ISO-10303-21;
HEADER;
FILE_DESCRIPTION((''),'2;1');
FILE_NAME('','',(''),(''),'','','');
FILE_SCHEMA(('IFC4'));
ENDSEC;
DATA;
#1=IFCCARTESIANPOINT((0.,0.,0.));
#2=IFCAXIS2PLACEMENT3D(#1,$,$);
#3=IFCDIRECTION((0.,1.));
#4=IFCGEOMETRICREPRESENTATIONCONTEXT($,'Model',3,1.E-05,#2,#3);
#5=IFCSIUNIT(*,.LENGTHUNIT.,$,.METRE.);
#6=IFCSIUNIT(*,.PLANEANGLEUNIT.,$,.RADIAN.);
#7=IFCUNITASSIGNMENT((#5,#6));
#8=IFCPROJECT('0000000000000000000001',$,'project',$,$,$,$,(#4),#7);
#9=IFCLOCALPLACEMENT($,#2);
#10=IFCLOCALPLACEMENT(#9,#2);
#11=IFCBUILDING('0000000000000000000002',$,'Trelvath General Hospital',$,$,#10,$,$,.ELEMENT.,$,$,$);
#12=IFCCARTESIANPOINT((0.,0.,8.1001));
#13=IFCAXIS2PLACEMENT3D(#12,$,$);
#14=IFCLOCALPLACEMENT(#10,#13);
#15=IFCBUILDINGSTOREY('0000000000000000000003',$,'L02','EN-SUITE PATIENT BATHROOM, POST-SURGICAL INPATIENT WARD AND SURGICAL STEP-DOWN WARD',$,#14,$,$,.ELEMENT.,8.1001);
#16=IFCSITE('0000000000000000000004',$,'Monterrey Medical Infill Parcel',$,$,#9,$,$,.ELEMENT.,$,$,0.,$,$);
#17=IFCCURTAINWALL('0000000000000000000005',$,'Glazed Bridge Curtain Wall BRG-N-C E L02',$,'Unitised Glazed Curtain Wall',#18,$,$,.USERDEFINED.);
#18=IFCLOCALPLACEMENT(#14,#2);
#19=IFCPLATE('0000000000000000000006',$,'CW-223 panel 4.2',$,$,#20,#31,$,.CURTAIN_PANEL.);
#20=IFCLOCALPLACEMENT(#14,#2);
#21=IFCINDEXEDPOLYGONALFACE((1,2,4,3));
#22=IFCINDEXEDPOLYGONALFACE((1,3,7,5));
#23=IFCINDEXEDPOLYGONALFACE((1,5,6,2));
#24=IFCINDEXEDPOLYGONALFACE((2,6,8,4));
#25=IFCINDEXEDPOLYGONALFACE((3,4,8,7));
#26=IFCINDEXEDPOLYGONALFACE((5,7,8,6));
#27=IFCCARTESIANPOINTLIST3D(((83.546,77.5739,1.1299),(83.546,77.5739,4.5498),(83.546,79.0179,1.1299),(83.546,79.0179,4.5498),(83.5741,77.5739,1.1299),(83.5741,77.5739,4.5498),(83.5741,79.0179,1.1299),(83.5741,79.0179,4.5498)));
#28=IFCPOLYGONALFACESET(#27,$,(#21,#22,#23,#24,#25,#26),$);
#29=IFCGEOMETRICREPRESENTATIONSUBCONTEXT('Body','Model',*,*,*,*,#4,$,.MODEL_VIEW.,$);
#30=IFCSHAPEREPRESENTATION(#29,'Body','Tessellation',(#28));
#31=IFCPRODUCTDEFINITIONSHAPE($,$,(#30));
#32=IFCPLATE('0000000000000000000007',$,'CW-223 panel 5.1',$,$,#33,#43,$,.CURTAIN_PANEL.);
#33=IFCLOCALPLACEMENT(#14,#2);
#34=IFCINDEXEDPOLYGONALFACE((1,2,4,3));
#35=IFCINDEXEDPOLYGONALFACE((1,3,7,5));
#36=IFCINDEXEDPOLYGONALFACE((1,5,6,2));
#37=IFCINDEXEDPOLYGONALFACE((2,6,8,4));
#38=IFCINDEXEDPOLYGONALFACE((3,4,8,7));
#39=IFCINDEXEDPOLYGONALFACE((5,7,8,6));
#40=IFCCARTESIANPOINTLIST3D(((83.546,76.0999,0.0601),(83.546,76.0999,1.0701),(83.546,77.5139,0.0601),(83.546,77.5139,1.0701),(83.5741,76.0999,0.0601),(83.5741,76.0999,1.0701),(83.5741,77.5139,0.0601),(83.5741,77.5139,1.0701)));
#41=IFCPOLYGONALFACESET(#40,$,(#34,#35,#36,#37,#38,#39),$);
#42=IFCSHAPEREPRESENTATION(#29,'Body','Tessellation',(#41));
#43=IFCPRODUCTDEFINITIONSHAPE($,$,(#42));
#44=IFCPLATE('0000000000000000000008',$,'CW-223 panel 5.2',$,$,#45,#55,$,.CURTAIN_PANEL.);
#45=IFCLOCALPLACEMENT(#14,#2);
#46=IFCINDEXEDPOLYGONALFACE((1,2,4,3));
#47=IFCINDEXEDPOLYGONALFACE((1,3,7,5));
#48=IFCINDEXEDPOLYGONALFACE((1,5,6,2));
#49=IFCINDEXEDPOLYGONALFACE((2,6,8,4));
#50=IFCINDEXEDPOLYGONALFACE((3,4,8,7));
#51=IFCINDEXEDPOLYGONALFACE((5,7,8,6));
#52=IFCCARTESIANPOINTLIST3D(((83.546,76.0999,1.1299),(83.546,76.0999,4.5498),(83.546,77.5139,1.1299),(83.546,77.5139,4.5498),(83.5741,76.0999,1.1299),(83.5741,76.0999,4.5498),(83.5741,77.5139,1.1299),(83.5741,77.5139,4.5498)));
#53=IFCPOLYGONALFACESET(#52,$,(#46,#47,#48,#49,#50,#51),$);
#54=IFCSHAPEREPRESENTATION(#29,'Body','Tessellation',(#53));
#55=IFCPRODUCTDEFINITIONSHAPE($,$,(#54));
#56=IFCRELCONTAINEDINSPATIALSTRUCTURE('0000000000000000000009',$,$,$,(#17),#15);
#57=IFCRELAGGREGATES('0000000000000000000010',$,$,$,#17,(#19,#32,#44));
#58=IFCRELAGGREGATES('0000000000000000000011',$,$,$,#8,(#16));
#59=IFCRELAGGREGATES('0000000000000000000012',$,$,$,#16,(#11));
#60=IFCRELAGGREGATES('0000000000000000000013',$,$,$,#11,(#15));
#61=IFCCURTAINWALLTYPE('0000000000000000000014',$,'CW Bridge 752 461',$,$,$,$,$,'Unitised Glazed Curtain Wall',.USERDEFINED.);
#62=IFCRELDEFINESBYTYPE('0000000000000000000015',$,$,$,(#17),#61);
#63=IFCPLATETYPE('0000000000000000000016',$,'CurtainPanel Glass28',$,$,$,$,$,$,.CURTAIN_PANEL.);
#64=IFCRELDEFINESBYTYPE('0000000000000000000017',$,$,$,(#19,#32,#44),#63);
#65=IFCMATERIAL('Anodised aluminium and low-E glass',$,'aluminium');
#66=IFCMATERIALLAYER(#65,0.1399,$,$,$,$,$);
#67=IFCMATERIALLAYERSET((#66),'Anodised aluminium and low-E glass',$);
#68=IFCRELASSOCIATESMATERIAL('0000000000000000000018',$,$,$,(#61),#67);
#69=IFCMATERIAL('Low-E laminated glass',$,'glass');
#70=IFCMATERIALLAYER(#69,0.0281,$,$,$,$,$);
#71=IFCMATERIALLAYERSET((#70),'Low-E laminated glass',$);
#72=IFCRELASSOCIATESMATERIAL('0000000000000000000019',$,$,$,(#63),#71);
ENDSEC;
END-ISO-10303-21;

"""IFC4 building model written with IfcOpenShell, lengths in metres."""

from ifc_helpers import new_model, si_unit, direction, frame, origin, origin_2d, place, context, subcontext, project, spatial, rectangle, extrude, material, layer, layer_set, type_object, element, aggregate, save


model = new_model("IFC4")

# Units and contexts
model_context = context("Model", 3, precision=1e-05, world=origin(), true_north=direction((0.0, 1.0)))
body_context = subcontext(model_context, "Body", "Model", "MODEL_VIEW")
ifc_project = project(units=[si_unit("LENGTHUNIT", "METRE"), si_unit("PLANEANGLEUNIT", "RADIAN")], contexts=[model_context])

# Site, building, storey
site_placement = place(None, origin())
site = spatial("IfcSite", under=ifc_project, at=site_placement, Name="Monterrey Medical Infill Parcel", CompositionType="ELEMENT", RefElevation=0.0)
building_placement = place(site_placement, origin())
building = spatial("IfcBuilding", under=site, at=building_placement, Name="Trelvath General Hospital", CompositionType="ELEMENT")
storey_placement = place(building_placement, frame((0.0, 0.0, 8.1001)))
storey = spatial("IfcBuildingStorey", under=building, at=storey_placement, Name="L02", Description="EN-SUITE PATIENT BATHROOM, POST-SURGICAL INPATIENT WARD AND SURGICAL STEP-DOWN WARD", CompositionType="ELEMENT", Elevation=8.1001)

# Curtain wall
ifc_material_1 = material(Name="Anodised aluminium and low-E glass", Category="aluminium")
ifc_layer_1 = layer(ifc_material_1, 0.1399)
ifc_layer_set_1 = layer_set([ifc_layer_1], Name="Anodised aluminium and low-E glass")
curtain_wall_type = type_object("IfcCurtainWallType", Name="CW Bridge 752 461", ElementType="Unitised Glazed Curtain Wall", PredefinedType="USERDEFINED", material=ifc_layer_set_1)
curtain_wall_1_placement = place(storey_placement, origin())
curtain_wall_1 = element("IfcCurtainWall", 1, at=curtain_wall_1_placement, inside=storey, type_object=curtain_wall_type, Name="Glazed Bridge Curtain Wall BRG-N-C E L02", ObjectType="Unitised Glazed Curtain Wall", PredefinedType="USERDEFINED")

# Plates
ifc_material_2 = material(Name="Low-E laminated glass", Category="glass")
ifc_layer_2 = layer(ifc_material_2, 0.0281)
ifc_layer_set_2 = layer_set([ifc_layer_2], Name="Low-E laminated glass")
plate_type = type_object("IfcPlateType", Name="CurtainPanel Glass28", PredefinedType="CURTAIN_PANEL", material=ifc_layer_set_2)
plate_1_placement = place(storey_placement, frame((83.5601, 78.2959, 1.1299), z_axis=(0.0, 0.0, 1.0), x_axis=(0.0, -1.0, 0.0)))
plate_1 = element("IfcPlate", 2, at=plate_1_placement, type_object=plate_type, Name="CW-223 panel 4.2", PredefinedType="CURTAIN_PANEL", context=body_context, shape_type="SweptSolid", body=[
    extrude(rectangle(XDim=1.4441, YDim=0.0281, at=origin_2d()), origin(), (0.0, 0.0, 1.0), 3.4199),
])
plate_2_placement = place(storey_placement, frame((83.5601, 76.8069, 0.0601), z_axis=(0.0, 0.0, 1.0), x_axis=(0.0, -1.0, 0.0)))
plate_2 = element("IfcPlate", 3, at=plate_2_placement, type_object=plate_type, Name="CW-223 panel 5.1", PredefinedType="CURTAIN_PANEL", context=body_context, shape_type="SweptSolid", body=[
    extrude(rectangle(XDim=1.4141, YDim=0.0281, at=origin_2d()), origin(), (0.0, 0.0, 1.0), 1.01),
])
plate_3_placement = place(storey_placement, frame((83.5601, 76.8069, 1.1299), z_axis=(0.0, 0.0, 1.0), x_axis=(0.0, -1.0, 0.0)))
plate_3 = element("IfcPlate", 4, at=plate_3_placement, type_object=plate_type, Name="CW-223 panel 5.2", PredefinedType="CURTAIN_PANEL", context=body_context, shape_type="SweptSolid", body=[
    extrude(rectangle(XDim=1.4141, YDim=0.0281, at=origin_2d()), origin(), (0.0, 0.0, 1.0), 3.4199),
])
aggregate(curtain_wall_1, [plate_1, plate_2, plate_3])

save(model, "model.ifc")
